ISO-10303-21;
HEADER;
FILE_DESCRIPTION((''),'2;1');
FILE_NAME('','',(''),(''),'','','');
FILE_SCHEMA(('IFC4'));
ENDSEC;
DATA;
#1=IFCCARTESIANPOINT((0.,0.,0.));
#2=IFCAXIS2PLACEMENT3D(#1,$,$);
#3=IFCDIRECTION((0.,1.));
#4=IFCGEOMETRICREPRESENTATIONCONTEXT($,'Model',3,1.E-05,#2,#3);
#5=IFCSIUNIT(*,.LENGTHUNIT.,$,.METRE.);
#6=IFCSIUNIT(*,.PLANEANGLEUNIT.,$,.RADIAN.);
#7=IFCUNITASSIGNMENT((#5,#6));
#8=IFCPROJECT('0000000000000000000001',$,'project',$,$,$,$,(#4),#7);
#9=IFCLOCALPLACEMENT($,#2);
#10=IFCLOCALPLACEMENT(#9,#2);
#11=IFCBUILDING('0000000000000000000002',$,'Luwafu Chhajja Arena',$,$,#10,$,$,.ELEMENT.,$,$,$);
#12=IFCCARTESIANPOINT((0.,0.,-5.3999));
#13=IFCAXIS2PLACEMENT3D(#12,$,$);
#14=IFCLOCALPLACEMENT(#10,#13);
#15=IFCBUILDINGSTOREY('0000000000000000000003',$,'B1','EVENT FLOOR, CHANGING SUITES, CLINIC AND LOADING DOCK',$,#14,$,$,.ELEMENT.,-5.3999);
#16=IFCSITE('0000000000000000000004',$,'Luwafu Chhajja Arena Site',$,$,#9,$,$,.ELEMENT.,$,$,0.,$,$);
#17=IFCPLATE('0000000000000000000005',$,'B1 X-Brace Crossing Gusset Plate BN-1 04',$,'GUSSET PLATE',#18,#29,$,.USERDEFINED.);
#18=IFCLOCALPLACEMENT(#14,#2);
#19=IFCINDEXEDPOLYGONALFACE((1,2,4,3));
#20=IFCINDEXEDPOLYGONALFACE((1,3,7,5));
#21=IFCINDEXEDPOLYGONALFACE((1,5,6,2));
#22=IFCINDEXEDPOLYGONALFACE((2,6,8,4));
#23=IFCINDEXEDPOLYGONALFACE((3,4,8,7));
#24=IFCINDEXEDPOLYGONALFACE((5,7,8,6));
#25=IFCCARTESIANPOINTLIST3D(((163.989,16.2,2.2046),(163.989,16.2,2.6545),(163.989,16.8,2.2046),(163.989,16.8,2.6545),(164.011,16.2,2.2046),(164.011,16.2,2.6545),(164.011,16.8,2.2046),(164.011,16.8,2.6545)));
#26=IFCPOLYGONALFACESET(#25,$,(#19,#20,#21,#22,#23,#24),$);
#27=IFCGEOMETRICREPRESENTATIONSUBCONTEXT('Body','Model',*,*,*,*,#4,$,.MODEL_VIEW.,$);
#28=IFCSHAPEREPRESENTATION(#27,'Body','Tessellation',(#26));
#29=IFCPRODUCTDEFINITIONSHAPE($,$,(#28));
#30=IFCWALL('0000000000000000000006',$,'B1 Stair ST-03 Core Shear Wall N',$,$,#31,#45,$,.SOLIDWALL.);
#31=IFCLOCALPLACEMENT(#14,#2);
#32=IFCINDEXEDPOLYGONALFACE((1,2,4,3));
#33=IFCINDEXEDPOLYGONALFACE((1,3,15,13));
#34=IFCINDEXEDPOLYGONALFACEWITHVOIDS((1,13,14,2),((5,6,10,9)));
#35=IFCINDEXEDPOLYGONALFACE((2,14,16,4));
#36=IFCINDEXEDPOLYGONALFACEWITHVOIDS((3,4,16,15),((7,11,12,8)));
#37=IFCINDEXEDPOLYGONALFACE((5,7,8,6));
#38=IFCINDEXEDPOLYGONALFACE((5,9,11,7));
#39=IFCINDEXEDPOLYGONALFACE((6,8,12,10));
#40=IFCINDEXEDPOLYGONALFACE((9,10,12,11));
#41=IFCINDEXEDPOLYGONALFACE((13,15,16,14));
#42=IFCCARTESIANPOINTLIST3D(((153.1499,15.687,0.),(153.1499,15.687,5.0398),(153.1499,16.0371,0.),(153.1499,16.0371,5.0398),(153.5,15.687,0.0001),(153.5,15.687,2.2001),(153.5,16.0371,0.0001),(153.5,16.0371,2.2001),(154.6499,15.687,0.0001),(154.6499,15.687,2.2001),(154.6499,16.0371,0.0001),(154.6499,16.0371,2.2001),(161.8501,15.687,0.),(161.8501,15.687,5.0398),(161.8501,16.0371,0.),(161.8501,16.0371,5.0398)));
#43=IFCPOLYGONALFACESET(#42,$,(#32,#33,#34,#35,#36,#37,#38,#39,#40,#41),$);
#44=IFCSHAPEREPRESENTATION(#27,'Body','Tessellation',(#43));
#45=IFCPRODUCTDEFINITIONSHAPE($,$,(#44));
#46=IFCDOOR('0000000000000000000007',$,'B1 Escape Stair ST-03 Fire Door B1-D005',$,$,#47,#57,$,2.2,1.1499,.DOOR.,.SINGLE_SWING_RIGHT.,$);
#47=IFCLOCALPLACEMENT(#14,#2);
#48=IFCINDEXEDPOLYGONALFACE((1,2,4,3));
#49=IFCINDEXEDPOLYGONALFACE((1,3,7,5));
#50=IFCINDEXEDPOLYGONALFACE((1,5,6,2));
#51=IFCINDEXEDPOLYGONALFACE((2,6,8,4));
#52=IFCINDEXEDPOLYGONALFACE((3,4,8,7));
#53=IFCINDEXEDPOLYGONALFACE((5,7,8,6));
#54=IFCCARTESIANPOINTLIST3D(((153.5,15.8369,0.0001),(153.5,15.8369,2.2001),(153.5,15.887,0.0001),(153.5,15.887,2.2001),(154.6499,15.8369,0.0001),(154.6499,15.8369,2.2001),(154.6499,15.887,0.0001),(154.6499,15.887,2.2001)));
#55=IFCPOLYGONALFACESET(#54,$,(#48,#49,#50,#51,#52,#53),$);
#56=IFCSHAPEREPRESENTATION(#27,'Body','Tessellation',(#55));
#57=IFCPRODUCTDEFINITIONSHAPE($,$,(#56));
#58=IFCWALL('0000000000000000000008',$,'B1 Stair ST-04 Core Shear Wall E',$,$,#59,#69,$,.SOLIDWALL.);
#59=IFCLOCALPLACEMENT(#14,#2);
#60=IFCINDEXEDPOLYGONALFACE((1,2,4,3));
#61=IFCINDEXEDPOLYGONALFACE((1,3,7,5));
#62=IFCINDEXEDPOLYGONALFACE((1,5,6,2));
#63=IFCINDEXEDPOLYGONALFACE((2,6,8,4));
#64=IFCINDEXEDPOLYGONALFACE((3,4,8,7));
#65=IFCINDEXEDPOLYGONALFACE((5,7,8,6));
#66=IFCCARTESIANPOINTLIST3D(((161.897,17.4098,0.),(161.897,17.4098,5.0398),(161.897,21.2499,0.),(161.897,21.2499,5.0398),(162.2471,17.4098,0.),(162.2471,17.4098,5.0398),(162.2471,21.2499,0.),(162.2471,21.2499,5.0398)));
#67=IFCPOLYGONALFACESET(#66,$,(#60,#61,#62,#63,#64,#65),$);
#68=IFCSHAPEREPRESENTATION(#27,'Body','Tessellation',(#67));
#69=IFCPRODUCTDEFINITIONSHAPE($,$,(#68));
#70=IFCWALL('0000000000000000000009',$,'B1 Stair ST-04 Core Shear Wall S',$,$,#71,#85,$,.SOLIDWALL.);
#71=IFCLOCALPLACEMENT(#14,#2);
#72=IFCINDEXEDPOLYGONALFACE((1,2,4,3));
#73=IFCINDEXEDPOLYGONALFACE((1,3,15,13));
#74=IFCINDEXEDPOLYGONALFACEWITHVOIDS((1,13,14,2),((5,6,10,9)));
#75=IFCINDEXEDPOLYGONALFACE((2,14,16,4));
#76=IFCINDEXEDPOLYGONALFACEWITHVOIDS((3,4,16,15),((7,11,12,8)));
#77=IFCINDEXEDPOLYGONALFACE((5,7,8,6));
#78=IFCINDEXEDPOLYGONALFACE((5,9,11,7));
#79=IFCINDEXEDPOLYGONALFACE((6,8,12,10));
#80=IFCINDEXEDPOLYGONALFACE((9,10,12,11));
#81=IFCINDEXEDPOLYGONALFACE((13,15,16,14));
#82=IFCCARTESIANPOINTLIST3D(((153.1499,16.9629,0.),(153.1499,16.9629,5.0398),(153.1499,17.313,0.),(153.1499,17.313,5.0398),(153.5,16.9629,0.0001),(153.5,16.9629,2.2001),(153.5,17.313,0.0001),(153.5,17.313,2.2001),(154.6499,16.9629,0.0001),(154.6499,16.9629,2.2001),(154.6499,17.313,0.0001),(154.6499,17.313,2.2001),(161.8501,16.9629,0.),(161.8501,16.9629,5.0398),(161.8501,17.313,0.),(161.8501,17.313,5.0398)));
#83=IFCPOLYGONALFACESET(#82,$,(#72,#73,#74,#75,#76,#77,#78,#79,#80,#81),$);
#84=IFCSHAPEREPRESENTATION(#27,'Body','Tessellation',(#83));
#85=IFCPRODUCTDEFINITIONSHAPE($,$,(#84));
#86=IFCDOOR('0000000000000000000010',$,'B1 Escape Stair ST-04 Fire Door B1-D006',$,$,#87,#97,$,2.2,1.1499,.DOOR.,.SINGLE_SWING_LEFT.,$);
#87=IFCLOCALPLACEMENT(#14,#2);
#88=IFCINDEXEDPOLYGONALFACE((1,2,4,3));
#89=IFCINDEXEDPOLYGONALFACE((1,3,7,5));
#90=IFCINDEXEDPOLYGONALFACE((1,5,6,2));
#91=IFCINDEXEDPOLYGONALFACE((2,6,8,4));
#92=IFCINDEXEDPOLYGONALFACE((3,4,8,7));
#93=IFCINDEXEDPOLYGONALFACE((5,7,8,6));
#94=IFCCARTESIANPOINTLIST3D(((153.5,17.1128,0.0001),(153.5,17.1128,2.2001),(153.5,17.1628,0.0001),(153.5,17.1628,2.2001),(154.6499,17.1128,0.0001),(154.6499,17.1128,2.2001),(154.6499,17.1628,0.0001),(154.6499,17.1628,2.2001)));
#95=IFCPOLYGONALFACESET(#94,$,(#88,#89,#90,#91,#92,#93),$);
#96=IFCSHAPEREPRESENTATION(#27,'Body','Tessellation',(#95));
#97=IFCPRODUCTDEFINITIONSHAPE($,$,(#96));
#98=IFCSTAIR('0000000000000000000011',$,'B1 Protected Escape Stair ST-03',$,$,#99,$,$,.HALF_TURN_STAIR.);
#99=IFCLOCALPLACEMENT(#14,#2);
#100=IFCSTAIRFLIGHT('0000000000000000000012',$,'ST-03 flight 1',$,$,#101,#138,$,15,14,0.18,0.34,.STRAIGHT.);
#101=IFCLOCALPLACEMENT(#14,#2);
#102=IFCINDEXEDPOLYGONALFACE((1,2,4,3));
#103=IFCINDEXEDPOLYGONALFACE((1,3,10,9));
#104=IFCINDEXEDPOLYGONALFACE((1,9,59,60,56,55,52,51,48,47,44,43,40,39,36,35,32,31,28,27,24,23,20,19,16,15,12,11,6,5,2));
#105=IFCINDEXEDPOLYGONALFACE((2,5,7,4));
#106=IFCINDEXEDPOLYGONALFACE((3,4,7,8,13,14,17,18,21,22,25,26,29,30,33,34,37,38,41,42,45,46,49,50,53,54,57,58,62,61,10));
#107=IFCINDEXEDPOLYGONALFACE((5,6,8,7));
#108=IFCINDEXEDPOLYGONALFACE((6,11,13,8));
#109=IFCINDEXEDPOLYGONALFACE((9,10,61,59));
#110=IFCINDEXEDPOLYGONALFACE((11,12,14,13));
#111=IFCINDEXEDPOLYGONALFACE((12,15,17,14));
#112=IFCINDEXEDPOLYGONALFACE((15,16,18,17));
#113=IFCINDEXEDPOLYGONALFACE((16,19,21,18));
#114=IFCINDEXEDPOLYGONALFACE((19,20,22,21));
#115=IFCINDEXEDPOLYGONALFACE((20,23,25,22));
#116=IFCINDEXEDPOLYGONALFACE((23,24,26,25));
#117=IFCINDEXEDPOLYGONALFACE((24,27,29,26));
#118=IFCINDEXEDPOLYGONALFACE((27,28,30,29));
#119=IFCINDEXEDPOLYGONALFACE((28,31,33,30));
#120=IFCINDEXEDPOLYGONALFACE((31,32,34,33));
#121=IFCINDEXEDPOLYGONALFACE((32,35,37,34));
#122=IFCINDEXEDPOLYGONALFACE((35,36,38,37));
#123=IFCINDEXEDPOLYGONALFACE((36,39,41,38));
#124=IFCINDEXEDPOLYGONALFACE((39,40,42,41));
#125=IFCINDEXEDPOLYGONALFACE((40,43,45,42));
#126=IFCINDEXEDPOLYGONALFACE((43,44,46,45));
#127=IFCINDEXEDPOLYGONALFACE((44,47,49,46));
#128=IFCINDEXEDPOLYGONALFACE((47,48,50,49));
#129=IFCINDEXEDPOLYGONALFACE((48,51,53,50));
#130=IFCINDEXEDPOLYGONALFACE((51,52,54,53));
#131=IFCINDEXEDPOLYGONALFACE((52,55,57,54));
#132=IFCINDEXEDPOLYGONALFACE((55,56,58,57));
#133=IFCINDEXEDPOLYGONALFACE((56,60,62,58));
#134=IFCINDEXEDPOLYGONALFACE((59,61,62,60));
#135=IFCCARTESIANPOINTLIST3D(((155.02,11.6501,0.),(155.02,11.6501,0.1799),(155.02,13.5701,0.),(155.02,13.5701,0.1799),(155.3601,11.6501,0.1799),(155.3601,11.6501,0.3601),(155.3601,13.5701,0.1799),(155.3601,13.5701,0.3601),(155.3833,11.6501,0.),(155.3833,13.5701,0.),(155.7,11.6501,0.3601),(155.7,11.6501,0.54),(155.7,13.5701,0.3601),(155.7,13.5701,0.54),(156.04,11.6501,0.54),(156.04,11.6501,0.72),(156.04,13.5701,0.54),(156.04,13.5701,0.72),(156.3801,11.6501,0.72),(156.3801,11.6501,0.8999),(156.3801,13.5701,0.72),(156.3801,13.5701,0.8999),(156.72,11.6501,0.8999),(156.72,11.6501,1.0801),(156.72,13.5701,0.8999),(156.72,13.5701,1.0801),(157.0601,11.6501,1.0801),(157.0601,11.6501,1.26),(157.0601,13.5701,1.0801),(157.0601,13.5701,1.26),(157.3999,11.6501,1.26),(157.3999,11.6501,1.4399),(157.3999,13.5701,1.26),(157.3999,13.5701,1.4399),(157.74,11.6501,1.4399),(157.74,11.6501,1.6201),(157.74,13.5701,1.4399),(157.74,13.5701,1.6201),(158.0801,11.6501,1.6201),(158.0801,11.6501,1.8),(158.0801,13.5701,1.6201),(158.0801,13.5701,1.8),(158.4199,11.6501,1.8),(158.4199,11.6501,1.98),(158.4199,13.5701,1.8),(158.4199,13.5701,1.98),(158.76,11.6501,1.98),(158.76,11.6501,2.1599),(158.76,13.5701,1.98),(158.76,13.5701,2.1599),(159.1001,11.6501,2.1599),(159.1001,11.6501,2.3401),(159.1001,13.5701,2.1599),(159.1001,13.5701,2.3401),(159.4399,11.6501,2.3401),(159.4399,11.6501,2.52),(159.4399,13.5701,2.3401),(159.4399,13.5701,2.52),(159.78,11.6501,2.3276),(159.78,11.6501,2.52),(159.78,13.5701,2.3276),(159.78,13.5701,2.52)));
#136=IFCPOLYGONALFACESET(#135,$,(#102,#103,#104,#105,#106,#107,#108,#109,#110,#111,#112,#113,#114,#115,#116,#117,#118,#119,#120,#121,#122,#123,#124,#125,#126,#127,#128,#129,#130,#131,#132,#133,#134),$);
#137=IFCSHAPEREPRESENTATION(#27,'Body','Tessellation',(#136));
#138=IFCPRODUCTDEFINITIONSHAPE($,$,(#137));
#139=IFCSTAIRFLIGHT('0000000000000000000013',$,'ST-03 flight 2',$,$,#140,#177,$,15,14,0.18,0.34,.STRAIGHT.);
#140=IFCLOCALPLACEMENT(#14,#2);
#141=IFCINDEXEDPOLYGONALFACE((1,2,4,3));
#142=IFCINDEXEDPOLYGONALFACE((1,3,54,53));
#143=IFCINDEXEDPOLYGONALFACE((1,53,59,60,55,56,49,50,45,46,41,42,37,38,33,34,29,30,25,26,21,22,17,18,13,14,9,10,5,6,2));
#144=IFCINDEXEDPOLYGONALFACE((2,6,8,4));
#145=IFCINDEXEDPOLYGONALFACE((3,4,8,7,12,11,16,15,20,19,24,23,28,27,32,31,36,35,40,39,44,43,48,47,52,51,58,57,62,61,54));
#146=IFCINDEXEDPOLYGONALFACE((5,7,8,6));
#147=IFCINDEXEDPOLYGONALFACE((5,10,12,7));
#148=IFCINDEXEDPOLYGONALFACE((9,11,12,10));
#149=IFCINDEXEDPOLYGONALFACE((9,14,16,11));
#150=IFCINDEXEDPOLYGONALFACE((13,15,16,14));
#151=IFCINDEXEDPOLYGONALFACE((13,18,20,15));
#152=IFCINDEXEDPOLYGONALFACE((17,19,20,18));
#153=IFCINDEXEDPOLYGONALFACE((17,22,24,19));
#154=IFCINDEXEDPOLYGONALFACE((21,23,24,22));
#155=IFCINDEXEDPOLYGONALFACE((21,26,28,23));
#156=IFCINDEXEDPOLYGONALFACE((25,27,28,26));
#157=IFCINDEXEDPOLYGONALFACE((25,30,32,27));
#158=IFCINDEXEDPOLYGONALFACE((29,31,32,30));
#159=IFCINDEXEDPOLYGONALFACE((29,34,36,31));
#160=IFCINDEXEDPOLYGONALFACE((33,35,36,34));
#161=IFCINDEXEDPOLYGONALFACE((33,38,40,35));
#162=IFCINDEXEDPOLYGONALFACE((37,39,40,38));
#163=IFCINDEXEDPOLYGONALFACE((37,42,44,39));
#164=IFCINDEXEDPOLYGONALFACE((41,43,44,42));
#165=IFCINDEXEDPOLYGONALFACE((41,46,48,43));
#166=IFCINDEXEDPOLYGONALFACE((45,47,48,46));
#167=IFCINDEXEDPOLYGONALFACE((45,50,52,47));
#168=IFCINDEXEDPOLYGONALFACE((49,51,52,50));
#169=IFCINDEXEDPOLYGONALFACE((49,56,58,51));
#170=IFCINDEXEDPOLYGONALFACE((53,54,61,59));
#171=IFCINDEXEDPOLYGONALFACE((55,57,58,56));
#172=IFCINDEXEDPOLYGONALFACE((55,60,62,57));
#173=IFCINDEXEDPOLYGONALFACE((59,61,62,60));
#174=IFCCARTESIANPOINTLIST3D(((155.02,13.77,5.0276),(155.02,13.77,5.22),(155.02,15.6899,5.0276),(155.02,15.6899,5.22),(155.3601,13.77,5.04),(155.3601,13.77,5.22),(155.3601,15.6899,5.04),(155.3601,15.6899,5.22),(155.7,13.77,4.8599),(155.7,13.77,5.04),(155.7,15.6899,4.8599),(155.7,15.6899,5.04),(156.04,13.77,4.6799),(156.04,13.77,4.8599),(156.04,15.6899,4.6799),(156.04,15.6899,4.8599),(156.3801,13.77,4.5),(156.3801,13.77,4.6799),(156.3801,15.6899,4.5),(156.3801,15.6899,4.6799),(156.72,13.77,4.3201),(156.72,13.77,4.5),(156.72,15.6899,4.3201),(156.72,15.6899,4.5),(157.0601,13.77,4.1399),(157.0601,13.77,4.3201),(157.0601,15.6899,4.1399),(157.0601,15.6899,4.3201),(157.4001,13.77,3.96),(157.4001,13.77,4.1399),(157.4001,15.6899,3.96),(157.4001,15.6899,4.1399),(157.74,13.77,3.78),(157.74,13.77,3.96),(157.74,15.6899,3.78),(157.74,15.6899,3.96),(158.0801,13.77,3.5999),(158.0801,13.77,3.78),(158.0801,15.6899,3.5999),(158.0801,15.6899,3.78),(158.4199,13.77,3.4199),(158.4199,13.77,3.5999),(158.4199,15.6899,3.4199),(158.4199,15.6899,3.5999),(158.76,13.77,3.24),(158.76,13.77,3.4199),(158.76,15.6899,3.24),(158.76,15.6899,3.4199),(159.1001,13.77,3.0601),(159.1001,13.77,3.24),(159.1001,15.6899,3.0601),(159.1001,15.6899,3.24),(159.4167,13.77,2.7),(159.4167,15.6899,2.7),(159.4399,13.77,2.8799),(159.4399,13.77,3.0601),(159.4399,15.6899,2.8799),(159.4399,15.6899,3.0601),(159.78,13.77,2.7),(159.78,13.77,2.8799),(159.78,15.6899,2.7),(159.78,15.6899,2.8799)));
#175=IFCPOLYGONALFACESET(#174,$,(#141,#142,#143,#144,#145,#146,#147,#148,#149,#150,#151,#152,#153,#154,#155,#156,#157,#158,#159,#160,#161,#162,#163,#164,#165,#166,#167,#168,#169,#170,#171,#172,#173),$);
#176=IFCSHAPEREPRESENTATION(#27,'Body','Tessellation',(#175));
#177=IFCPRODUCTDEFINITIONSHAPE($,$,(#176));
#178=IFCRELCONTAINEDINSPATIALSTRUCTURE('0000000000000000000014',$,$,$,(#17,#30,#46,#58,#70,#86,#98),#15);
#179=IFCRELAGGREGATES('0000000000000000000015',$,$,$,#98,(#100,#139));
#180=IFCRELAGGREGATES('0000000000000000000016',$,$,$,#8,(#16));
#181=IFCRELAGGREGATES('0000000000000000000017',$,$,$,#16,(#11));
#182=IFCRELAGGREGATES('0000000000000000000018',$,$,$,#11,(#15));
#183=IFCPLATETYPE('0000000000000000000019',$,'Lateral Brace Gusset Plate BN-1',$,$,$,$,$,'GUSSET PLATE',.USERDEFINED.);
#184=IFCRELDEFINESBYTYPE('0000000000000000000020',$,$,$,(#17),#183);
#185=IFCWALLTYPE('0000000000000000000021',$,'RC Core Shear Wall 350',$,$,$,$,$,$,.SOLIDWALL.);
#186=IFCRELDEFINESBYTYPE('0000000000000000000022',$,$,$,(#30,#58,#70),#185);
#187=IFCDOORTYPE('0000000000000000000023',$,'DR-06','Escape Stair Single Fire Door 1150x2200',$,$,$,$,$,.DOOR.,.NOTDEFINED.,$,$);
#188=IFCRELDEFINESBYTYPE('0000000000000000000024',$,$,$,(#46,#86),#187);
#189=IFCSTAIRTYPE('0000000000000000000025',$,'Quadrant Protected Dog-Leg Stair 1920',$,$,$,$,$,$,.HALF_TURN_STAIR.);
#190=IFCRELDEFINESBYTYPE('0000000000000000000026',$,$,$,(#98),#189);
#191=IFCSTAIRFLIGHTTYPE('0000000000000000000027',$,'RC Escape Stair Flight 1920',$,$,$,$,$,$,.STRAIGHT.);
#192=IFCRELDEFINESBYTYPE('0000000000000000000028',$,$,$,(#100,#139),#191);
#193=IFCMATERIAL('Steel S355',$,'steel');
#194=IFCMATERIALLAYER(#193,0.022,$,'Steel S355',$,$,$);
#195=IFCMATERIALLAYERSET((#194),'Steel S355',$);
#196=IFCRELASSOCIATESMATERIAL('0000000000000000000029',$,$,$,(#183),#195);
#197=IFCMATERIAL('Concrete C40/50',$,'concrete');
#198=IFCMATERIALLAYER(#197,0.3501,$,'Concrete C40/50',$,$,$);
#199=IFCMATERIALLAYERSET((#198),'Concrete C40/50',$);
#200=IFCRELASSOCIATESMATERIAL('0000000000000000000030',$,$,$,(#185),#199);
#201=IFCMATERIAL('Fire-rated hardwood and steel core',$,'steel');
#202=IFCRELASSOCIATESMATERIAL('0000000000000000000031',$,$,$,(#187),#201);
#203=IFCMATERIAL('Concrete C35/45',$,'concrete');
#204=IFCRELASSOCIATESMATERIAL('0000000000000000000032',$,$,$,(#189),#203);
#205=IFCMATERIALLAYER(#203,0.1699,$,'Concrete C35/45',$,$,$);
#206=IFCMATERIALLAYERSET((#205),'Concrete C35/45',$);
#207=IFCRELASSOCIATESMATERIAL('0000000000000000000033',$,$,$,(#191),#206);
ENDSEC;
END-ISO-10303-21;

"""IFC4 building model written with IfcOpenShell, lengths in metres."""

from ifc_helpers import new_model, si_unit, direction, frame, frame_2d, origin, origin_2d, place, context, subcontext, project, spatial, polyline, rectangle, outline, extrude, material, layer, layer_set, type_object, element, fill, aggregate, save


model = new_model("IFC4")

# Units and contexts
model_context = context("Model", 3, precision=1e-05, world=origin(), true_north=direction((0.0, 1.0)))
body_context = subcontext(model_context, "Body", "Model", "MODEL_VIEW")
ifc_project = project(units=[si_unit("LENGTHUNIT", "METRE"), si_unit("PLANEANGLEUNIT", "RADIAN")], contexts=[model_context])

# Site, building, storey
site_placement = place(None, origin())
site = spatial("IfcSite", under=ifc_project, at=site_placement, Name="Luwafu Chhajja Arena Site", CompositionType="ELEMENT", RefElevation=0.0)
building_placement = place(site_placement, origin())
building = spatial("IfcBuilding", under=site, at=building_placement, Name="Luwafu Chhajja Arena", CompositionType="ELEMENT")
storey_placement = place(building_placement, frame((0.0, 0.0, -5.3999)))
storey = spatial("IfcBuildingStorey", under=building, at=storey_placement, Name="B1", Description="EVENT FLOOR, CHANGING SUITES, CLINIC AND LOADING DOCK", CompositionType="ELEMENT", Elevation=-5.3999)

# Shared definitions
ifc_material_1 = material(Name="Concrete C35/45", Category="concrete")

# Shared definitions
ifc_material_2 = material(Name="Steel S355", Category="steel")

# Plate
ifc_layer_1 = layer(ifc_material_2, 0.022, Name="Steel S355")
ifc_layer_set_1 = layer_set([ifc_layer_1], Name="Steel S355")
plate_type = type_object("IfcPlateType", Name="Lateral Brace Gusset Plate BN-1", ElementType="GUSSET PLATE", PredefinedType="USERDEFINED", material=ifc_layer_set_1)
plate_placement = place(storey_placement, frame((164.0, 16.5, 2.2046), z_axis=(0.0, 0.0, 1.0), x_axis=(1.0, 0.0, 0.0)))
element("IfcPlate", 1, at=plate_placement, inside=storey, type_object=plate_type, Name="B1 X-Brace Crossing Gusset Plate BN-1 04", ObjectType="GUSSET PLATE", PredefinedType="USERDEFINED", context=body_context, shape_type="SweptSolid", body=[
    extrude(rectangle(XDim=0.022, YDim=0.6001, at=origin_2d()), origin(), (0.0, 0.0, 1.0), 0.45),
])

# Wall, opening, door
ifc_material_3 = material(Name="Concrete C40/50", Category="concrete")
ifc_layer_2 = layer(ifc_material_3, 0.3501, Name="Concrete C40/50")
ifc_layer_set_2 = layer_set([ifc_layer_2], Name="Concrete C40/50")
wall_type = type_object("IfcWallType", Name="RC Core Shear Wall 350", PredefinedType="SOLIDWALL", material=ifc_layer_set_2)
wall_1_placement = place(storey_placement, frame((153.1499, 15.8621, 0.0), z_axis=(0.0, 0.0, 1.0), x_axis=(1.0, 0.0, 0.0)))
wall_1 = element("IfcWall", 2, at=wall_1_placement, inside=storey, type_object=wall_type, Name="B1 Stair ST-03 Core Shear Wall N", PredefinedType="SOLIDWALL", context=body_context, shape_type="SweptSolid", body=[
    extrude(rectangle(XDim=8.7002, YDim=0.3501, at=frame_2d((4.3501, 0.0))), origin(), (0.0, 0.0, 1.0), 5.0398),
])
opening_1_placement = place(wall_1_placement, frame((0.3501, 0.0, 0.0)))
opening_1 = element("IfcOpeningElement", 3, at=opening_1_placement, cuts=wall_1, PredefinedType="OPENING", context=body_context, shape_type="SweptSolid", body=[
    extrude(rectangle(XDim=1.1499, YDim=2.2, at=frame_2d((0.575, 1.1001))), frame((0.0, 0.1851, 0.0), z_axis=(0.0, -1.0, 0.0), x_axis=(1.0, 0.0, 0.0)), (0.0, 0.0, 1.0), 0.3701),
])
ifc_material_4 = material(Name="Fire-rated hardwood and steel core", Category="steel")
door_type = type_object("IfcDoorType", Name="DR-06", Description="Escape Stair Single Fire Door 1150x2200", OperationType="NOTDEFINED", PredefinedType="DOOR", material=ifc_material_4)
door_1_placement = place(opening_1_placement, origin())
door_1 = element("IfcDoor", 4, at=door_1_placement, inside=storey, type_object=door_type, Name="B1 Escape Stair ST-03 Fire Door B1-D005", OperationType="SINGLE_SWING_RIGHT", OverallHeight=2.2, OverallWidth=1.1499, PredefinedType="DOOR", context=body_context, shape_type="SweptSolid", body=[
    extrude(rectangle(XDim=1.1499, YDim=2.2, at=frame_2d((0.575, 1.1001))), frame((0.0, 0.0249, 0.0), z_axis=(0.0, -1.0, 0.0), x_axis=(1.0, 0.0, 0.0)), (0.0, 0.0, 1.0), 0.05),
])
fill(opening_1, door_1)

# Wall
wall_2_placement = place(storey_placement, frame((162.072, 17.4099, 0.0), z_axis=(0.0, 0.0, 1.0), x_axis=(0.0, 1.0, 0.0)))
element("IfcWall", 5, at=wall_2_placement, inside=storey, type_object=wall_type, Name="B1 Stair ST-04 Core Shear Wall E", PredefinedType="SOLIDWALL", context=body_context, shape_type="SweptSolid", body=[
    extrude(rectangle(XDim=3.8401, YDim=0.3501, at=frame_2d((1.9199, 0.0))), origin(), (0.0, 0.0, 1.0), 5.0398),
])

# Wall, opening, door
wall_3_placement = place(storey_placement, frame((153.1499, 17.1379, 0.0), z_axis=(0.0, 0.0, 1.0), x_axis=(1.0, 0.0, 0.0)))
wall_3 = element("IfcWall", 6, at=wall_3_placement, inside=storey, type_object=wall_type, Name="B1 Stair ST-04 Core Shear Wall S", PredefinedType="SOLIDWALL", context=body_context, shape_type="SweptSolid", body=[
    extrude(rectangle(XDim=8.7002, YDim=0.3501, at=frame_2d((4.3501, 0.0))), origin(), (0.0, 0.0, 1.0), 5.0398),
])
opening_2_placement = place(wall_3_placement, frame((0.3501, 0.0, 0.0)))
opening_2 = element("IfcOpeningElement", 7, at=opening_2_placement, cuts=wall_3, PredefinedType="OPENING", context=body_context, shape_type="SweptSolid", body=[
    extrude(rectangle(XDim=1.1499, YDim=2.2, at=frame_2d((0.575, 1.1001))), frame((0.0, 0.1851, 0.0), z_axis=(0.0, -1.0, 0.0), x_axis=(1.0, 0.0, 0.0)), (0.0, 0.0, 1.0), 0.3701),
])
door_2_placement = place(opening_2_placement, origin())
door_2 = element("IfcDoor", 8, at=door_2_placement, inside=storey, type_object=door_type, Name="B1 Escape Stair ST-04 Fire Door B1-D006", OperationType="SINGLE_SWING_LEFT", OverallHeight=2.2, OverallWidth=1.1499, PredefinedType="DOOR", context=body_context, shape_type="SweptSolid", body=[
    extrude(rectangle(XDim=1.1499, YDim=2.2, at=frame_2d((0.575, 1.1001))), frame((0.0, 0.0249, 0.0), z_axis=(0.0, -1.0, 0.0), x_axis=(1.0, 0.0, 0.0)), (0.0, 0.0, 1.0), 0.05),
])
fill(opening_2, door_2)

# Stair, stair flights
stair_type = type_object("IfcStairType", Name="Quadrant Protected Dog-Leg Stair 1920", PredefinedType="HALF_TURN_STAIR", material=ifc_material_1)
stair_1_placement = place(storey_placement, origin())
stair_1 = element("IfcStair", 9, at=stair_1_placement, inside=storey, type_object=stair_type, Name="B1 Protected Escape Stair ST-03", PredefinedType="HALF_TURN_STAIR")
ifc_layer_3 = layer(ifc_material_1, 0.1699, Name="Concrete C35/45")
ifc_layer_set_3 = layer_set([ifc_layer_3], Name="Concrete C35/45")
stair_flight_type = type_object("IfcStairFlightType", Name="RC Escape Stair Flight 1920", PredefinedType="STRAIGHT", material=ifc_layer_set_3)
stair_flight_1_placement = place(storey_placement, frame((155.02, 12.6101, 0.0), z_axis=(0.0, 0.0, 1.0), x_axis=(1.0, 0.0, 0.0)))
stair_flight_1 = element("IfcStairFlight", 10, at=stair_flight_1_placement, type_object=stair_flight_type, Name="ST-03 flight 1", NumberOfRisers=15, NumberOfTreads=14, PredefinedType="STRAIGHT", RiserHeight=0.18, TreadLength=0.34, context=body_context, shape_type="SweptSolid", body=[
    extrude(outline(polyline([(0.0, 0.0), (0.0, 0.1799), (0.3401, 0.1799), (0.3401, 0.3601), (0.6799, 0.3601), (0.6799, 0.54), (1.02, 0.54), (1.02, 0.72), (1.3601, 0.72), (1.3601, 0.8999), (1.7, 0.8999), (1.7, 1.0801), (2.04, 1.0801), (2.04, 1.26), (2.3799, 1.26), (2.3799, 1.4399), (2.72, 1.4399), (2.72, 1.6201), (3.0601, 1.6201), (3.0601, 1.8), (3.3999, 1.8), (3.3999, 1.98), (3.74, 1.98), (3.74, 2.1599), (4.0801, 2.1599), (4.0801, 2.3401), (4.4199, 2.3401), (4.4199, 2.52), (4.76, 2.52), (4.76, 2.7), (4.76, 2.3276), (0.3633, 0.0), (0.0, 0.0)])), frame((0.0, 0.96, 0.0), z_axis=(0.0, -1.0, 0.0), x_axis=(1.0, 0.0, 0.0)), (0.0, 0.0, 1.0), 1.9199),
])
stair_flight_2_placement = place(storey_placement, frame((159.78, 14.73, 2.7), z_axis=(0.0, 0.0, 1.0), x_axis=(-1.0, 0.0, 0.0)))
stair_flight_2 = element("IfcStairFlight", 11, at=stair_flight_2_placement, type_object=stair_flight_type, Name="ST-03 flight 2", NumberOfRisers=15, NumberOfTreads=14, PredefinedType="STRAIGHT", RiserHeight=0.18, TreadLength=0.34, context=body_context, shape_type="SweptSolid", body=[
    extrude(outline(polyline([(0.0, 0.0), (0.0, 0.1799), (0.3401, 0.1799), (0.3401, 0.3601), (0.6799, 0.3601), (0.6799, 0.54), (1.02, 0.54), (1.02, 0.72), (1.3601, 0.72), (1.3601, 0.8999), (1.7, 0.8999), (1.7, 1.0801), (2.04, 1.0801), (2.04, 1.26), (2.3799, 1.26), (2.3799, 1.4399), (2.72, 1.4399), (2.72, 1.6201), (3.0601, 1.6201), (3.0601, 1.8), (3.3999, 1.8), (3.3999, 1.98), (3.74, 1.98), (3.74, 2.1599), (4.0801, 2.1599), (4.0801, 2.3401), (4.4199, 2.3401), (4.4199, 2.52), (4.76, 2.52), (4.76, 2.7), (4.76, 2.3276), (0.3633, 0.0), (0.0, 0.0)])), frame((0.0, 0.96, 0.0), z_axis=(0.0, -1.0, 0.0), x_axis=(1.0, 0.0, 0.0)), (0.0, 0.0, 1.0), 1.9199),
])
aggregate(stair_1, [stair_flight_1, stair_flight_2])

save(model, "model.ifc")
